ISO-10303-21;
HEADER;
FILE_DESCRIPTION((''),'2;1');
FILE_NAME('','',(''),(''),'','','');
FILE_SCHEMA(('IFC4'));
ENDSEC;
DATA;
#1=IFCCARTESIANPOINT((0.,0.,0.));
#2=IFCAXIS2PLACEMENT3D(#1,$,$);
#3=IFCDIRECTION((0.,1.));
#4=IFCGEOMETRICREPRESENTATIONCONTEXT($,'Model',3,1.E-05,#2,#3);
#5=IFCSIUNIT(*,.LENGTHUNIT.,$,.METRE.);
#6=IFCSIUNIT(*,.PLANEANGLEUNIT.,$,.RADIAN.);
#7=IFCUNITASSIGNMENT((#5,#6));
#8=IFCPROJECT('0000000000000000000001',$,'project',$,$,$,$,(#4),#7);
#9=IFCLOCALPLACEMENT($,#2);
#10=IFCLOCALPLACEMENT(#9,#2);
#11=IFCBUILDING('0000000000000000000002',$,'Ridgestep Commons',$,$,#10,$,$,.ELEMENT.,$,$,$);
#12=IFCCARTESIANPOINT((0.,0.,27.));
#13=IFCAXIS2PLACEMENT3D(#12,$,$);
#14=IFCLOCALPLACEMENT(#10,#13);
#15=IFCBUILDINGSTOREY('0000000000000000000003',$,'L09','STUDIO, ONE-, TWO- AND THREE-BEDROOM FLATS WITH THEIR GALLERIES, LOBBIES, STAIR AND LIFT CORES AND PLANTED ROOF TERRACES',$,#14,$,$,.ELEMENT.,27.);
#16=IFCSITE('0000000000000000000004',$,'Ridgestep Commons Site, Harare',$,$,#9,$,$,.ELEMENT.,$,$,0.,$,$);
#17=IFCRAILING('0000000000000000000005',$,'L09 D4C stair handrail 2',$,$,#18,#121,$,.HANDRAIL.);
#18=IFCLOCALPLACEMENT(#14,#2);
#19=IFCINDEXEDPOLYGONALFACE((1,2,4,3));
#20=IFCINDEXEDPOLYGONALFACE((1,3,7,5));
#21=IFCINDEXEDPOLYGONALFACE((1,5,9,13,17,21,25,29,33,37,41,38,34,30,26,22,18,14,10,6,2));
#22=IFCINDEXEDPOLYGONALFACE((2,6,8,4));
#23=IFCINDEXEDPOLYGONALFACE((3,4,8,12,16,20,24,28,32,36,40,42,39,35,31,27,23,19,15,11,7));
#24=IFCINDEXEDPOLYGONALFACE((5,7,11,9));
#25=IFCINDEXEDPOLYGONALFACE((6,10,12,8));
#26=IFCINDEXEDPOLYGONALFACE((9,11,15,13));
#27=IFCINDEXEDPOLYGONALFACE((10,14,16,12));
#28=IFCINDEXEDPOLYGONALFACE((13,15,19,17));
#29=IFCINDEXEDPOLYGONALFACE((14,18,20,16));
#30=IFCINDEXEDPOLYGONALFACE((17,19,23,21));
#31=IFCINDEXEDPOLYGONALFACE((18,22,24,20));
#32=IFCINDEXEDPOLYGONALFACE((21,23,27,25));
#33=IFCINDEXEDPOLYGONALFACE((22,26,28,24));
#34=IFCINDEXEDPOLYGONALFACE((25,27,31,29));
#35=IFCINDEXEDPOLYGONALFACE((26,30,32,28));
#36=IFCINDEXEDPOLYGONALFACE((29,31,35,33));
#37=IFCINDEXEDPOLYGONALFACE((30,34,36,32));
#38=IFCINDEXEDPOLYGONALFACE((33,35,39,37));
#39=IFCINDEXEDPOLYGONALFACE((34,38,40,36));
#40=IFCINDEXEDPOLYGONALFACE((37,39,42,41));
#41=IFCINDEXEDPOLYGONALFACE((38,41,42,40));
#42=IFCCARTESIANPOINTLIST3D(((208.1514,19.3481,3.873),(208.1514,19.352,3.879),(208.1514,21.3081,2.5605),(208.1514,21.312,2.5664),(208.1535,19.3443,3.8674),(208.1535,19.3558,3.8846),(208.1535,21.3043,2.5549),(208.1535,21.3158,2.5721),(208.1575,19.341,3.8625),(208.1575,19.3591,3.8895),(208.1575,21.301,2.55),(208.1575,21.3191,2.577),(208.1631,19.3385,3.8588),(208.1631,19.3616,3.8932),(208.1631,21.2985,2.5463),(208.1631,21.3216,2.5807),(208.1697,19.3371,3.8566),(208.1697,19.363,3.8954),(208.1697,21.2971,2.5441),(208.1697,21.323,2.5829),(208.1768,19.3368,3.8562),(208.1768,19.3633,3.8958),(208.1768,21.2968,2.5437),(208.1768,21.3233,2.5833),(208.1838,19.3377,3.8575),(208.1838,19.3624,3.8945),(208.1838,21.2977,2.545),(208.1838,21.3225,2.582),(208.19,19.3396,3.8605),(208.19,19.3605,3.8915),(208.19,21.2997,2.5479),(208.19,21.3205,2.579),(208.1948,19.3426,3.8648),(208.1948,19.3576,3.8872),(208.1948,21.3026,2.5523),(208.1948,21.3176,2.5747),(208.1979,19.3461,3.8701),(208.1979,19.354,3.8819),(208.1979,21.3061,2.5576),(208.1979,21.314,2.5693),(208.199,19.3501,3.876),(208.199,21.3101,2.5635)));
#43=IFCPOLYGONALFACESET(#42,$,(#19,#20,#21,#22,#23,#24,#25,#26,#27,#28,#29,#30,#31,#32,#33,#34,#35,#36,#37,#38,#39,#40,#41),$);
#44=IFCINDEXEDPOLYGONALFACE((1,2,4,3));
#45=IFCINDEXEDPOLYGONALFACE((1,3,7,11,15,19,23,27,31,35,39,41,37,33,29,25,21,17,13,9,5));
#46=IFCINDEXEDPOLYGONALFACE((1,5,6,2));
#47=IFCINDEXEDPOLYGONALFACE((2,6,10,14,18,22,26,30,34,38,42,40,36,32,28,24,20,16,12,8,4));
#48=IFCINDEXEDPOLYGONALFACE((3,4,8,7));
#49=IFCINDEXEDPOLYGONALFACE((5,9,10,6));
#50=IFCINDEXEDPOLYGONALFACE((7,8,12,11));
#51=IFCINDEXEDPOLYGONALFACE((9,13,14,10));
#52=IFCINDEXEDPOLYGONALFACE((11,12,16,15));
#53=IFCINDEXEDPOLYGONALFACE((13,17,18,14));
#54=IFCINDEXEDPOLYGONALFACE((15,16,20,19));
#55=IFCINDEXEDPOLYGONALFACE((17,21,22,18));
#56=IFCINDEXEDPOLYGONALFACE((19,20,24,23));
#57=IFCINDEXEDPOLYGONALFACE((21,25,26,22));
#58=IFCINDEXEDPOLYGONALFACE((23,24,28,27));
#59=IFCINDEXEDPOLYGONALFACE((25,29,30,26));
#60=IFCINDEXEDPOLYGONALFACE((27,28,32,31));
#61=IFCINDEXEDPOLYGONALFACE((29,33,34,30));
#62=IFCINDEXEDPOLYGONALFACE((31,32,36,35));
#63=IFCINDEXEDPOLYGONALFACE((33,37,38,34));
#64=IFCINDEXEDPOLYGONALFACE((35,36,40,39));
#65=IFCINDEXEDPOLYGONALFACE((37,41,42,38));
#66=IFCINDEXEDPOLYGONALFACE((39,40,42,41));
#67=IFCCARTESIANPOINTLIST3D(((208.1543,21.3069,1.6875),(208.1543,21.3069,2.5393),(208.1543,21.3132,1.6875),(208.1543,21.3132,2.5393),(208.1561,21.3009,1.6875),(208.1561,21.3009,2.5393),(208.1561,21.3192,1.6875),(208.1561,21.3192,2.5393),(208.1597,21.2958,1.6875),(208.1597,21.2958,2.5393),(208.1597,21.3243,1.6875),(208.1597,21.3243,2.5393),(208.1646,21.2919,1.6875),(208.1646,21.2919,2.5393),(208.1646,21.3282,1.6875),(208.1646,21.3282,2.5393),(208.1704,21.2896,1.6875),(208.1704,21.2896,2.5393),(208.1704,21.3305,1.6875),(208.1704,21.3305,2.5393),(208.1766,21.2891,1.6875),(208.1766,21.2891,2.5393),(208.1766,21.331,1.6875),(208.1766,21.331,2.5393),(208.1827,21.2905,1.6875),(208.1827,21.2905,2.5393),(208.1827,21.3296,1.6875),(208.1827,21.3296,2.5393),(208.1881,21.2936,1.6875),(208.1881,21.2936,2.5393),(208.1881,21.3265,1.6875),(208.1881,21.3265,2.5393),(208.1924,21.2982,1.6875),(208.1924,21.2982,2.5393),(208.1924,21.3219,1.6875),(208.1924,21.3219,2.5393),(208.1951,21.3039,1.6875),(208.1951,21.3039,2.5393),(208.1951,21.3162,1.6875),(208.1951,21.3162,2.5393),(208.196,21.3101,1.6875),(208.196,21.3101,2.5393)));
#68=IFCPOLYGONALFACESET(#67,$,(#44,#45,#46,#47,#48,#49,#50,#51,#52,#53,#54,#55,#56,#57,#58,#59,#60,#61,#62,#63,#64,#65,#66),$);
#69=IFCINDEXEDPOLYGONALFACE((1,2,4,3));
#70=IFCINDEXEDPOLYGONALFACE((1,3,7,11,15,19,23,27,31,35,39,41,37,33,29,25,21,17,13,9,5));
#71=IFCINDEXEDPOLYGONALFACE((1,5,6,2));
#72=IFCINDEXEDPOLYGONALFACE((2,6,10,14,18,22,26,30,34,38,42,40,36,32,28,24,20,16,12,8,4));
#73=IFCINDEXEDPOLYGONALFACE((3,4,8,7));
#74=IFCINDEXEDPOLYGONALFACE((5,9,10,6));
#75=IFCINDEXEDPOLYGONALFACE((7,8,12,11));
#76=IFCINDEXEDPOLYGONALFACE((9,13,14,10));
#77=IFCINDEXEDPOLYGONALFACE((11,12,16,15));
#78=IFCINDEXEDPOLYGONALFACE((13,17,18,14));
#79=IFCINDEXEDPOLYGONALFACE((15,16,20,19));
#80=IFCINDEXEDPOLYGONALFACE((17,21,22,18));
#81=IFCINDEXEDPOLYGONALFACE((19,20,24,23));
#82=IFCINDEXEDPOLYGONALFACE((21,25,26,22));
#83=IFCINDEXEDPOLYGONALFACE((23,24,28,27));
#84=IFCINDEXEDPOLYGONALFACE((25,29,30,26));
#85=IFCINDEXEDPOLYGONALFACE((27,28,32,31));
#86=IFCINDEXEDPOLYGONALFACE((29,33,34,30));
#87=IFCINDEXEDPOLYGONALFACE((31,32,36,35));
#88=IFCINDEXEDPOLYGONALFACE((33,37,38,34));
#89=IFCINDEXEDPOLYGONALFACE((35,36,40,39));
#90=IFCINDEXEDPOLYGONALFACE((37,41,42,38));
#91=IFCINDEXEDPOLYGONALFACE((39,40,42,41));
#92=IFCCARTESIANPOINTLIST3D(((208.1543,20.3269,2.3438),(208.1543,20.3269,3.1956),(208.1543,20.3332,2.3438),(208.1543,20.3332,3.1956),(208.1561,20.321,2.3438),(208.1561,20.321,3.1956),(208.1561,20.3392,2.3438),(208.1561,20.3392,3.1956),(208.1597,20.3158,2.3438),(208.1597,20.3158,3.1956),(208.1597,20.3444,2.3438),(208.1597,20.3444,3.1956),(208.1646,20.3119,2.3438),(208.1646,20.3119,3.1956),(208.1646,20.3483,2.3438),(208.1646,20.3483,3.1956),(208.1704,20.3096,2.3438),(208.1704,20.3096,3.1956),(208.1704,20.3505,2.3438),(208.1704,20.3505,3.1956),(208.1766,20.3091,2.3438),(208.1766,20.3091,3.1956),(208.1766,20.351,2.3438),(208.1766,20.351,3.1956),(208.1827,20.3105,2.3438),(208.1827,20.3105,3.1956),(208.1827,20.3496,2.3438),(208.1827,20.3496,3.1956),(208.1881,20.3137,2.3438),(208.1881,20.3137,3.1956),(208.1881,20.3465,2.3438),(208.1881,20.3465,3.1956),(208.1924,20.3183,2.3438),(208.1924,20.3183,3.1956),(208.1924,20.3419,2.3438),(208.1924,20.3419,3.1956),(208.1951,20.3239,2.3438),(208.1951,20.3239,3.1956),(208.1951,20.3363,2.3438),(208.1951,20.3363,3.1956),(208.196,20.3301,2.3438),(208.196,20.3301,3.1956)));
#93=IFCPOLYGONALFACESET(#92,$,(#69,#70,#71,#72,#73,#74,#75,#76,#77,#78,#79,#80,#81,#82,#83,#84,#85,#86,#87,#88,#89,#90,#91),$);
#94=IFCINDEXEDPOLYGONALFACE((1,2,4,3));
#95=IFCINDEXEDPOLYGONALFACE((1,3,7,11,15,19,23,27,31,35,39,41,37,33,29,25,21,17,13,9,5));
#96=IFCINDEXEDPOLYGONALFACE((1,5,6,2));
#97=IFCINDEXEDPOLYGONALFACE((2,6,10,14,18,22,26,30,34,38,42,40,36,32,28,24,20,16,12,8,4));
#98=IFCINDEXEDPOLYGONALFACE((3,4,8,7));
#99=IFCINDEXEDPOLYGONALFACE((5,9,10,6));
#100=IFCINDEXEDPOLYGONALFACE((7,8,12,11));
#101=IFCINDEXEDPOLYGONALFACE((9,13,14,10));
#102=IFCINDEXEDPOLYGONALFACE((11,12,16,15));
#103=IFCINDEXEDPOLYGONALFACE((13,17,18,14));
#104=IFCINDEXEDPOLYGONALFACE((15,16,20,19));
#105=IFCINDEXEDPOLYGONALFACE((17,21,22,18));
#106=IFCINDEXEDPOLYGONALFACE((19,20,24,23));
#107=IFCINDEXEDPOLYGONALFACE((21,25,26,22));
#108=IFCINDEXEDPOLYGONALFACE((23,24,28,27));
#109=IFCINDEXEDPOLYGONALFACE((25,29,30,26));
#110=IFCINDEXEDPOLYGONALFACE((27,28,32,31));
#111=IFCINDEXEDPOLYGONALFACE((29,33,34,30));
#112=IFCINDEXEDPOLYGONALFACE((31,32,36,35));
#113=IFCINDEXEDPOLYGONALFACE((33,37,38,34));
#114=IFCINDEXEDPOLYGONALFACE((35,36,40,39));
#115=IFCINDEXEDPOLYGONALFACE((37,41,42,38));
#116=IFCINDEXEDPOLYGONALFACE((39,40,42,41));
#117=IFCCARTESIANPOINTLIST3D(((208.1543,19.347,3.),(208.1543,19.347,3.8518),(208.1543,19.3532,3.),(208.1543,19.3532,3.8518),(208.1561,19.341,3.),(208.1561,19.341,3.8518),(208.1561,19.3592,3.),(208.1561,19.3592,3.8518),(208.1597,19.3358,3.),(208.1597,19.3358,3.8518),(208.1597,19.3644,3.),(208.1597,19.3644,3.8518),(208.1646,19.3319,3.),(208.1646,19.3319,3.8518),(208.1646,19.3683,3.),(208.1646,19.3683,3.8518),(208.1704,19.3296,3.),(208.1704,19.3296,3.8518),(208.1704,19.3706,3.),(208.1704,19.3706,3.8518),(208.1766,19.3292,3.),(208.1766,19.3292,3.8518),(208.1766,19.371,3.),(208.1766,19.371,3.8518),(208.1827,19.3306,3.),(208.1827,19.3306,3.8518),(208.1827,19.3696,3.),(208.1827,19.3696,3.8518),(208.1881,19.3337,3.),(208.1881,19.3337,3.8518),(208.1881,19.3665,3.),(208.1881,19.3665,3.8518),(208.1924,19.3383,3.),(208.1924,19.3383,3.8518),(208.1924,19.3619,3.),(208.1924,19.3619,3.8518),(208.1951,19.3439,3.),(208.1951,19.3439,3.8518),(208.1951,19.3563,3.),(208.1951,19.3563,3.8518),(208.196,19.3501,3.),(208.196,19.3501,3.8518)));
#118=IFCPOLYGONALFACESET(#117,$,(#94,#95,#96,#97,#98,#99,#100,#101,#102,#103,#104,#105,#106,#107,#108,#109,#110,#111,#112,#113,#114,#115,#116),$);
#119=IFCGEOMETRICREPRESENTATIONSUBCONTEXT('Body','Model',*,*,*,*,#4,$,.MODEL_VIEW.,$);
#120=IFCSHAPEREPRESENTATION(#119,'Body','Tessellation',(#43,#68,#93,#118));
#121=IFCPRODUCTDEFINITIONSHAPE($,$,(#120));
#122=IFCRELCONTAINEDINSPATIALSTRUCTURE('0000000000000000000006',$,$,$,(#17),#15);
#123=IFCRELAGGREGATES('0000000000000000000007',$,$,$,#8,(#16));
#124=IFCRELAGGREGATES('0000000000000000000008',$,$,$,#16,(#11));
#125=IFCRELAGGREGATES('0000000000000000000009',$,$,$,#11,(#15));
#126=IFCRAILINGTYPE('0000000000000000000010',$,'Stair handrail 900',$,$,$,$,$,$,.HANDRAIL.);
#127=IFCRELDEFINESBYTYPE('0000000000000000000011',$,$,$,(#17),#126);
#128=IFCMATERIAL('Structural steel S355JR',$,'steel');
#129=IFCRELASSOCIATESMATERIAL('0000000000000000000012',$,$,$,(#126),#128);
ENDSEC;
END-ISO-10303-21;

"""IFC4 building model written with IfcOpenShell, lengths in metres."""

from ifc_helpers import new_model, si_unit, direction, frame, origin, origin_2d, place, context, subcontext, project, spatial, circle, extrude, material, type_object, element, save


model = new_model("IFC4")

# Units and contexts
model_context = context("Model", 3, precision=1e-05, world=origin(), true_north=direction((0.0, 1.0)))
body_context = subcontext(model_context, "Body", "Model", "MODEL_VIEW")
ifc_project = project(units=[si_unit("LENGTHUNIT", "METRE"), si_unit("PLANEANGLEUNIT", "RADIAN")], contexts=[model_context])

# Site, building, storey
site_placement = place(None, origin())
site = spatial("IfcSite", under=ifc_project, at=site_placement, Name="Ridgestep Commons Site, Harare", CompositionType="ELEMENT", RefElevation=0.0)
building_placement = place(site_placement, origin())
building = spatial("IfcBuilding", under=site, at=building_placement, Name="Ridgestep Commons", CompositionType="ELEMENT")
storey_placement = place(building_placement, frame((0.0, 0.0, 27.0)))
storey = spatial("IfcBuildingStorey", under=building, at=storey_placement, Name="L09", Description="STUDIO, ONE-, TWO- AND THREE-BEDROOM FLATS WITH THEIR GALLERIES, LOBBIES, STAIR AND LIFT CORES AND PLANTED ROOF TERRACES", CompositionType="ELEMENT", Elevation=27.0)

# Railing
ifc_material_1 = material(Name="Structural steel S355JR", Category="steel")
railing_type_1 = type_object("IfcRailingType", Name="Stair handrail 900", PredefinedType="HANDRAIL", material=ifc_material_1)
railing_1_placement = place(storey_placement, frame((208.175, 21.3101, 1.6875)))
element("IfcRailing", 1, at=railing_1_placement, inside=storey, type_object=railing_type_1, Name="L09 D4C stair handrail 2", PredefinedType="HANDRAIL", context=body_context, shape_type="SweptSolid", body=[
    extrude(circle(Radius=0.0239, at=origin_2d()), frame((0.0, 0.0, 0.876), z_axis=(0.0, -0.830902, 0.556419), x_axis=(1.0, 0.0, 0.0)), (0.0, 0.0, 1.0), 2.3589),
    extrude(circle(Radius=0.021, at=origin_2d()), origin(), (0.0, 0.0, 1.0), 0.8518),
    extrude(circle(Radius=0.021, at=origin_2d()), frame((0.0, -0.98, 0.6562)), (0.0, 0.0, 1.0), 0.8518),
    extrude(circle(Radius=0.021, at=origin_2d()), frame((0.0, -1.96, 1.3125)), (0.0, 0.0, 1.0), 0.8518),
])

save(model, "model.ifc")
